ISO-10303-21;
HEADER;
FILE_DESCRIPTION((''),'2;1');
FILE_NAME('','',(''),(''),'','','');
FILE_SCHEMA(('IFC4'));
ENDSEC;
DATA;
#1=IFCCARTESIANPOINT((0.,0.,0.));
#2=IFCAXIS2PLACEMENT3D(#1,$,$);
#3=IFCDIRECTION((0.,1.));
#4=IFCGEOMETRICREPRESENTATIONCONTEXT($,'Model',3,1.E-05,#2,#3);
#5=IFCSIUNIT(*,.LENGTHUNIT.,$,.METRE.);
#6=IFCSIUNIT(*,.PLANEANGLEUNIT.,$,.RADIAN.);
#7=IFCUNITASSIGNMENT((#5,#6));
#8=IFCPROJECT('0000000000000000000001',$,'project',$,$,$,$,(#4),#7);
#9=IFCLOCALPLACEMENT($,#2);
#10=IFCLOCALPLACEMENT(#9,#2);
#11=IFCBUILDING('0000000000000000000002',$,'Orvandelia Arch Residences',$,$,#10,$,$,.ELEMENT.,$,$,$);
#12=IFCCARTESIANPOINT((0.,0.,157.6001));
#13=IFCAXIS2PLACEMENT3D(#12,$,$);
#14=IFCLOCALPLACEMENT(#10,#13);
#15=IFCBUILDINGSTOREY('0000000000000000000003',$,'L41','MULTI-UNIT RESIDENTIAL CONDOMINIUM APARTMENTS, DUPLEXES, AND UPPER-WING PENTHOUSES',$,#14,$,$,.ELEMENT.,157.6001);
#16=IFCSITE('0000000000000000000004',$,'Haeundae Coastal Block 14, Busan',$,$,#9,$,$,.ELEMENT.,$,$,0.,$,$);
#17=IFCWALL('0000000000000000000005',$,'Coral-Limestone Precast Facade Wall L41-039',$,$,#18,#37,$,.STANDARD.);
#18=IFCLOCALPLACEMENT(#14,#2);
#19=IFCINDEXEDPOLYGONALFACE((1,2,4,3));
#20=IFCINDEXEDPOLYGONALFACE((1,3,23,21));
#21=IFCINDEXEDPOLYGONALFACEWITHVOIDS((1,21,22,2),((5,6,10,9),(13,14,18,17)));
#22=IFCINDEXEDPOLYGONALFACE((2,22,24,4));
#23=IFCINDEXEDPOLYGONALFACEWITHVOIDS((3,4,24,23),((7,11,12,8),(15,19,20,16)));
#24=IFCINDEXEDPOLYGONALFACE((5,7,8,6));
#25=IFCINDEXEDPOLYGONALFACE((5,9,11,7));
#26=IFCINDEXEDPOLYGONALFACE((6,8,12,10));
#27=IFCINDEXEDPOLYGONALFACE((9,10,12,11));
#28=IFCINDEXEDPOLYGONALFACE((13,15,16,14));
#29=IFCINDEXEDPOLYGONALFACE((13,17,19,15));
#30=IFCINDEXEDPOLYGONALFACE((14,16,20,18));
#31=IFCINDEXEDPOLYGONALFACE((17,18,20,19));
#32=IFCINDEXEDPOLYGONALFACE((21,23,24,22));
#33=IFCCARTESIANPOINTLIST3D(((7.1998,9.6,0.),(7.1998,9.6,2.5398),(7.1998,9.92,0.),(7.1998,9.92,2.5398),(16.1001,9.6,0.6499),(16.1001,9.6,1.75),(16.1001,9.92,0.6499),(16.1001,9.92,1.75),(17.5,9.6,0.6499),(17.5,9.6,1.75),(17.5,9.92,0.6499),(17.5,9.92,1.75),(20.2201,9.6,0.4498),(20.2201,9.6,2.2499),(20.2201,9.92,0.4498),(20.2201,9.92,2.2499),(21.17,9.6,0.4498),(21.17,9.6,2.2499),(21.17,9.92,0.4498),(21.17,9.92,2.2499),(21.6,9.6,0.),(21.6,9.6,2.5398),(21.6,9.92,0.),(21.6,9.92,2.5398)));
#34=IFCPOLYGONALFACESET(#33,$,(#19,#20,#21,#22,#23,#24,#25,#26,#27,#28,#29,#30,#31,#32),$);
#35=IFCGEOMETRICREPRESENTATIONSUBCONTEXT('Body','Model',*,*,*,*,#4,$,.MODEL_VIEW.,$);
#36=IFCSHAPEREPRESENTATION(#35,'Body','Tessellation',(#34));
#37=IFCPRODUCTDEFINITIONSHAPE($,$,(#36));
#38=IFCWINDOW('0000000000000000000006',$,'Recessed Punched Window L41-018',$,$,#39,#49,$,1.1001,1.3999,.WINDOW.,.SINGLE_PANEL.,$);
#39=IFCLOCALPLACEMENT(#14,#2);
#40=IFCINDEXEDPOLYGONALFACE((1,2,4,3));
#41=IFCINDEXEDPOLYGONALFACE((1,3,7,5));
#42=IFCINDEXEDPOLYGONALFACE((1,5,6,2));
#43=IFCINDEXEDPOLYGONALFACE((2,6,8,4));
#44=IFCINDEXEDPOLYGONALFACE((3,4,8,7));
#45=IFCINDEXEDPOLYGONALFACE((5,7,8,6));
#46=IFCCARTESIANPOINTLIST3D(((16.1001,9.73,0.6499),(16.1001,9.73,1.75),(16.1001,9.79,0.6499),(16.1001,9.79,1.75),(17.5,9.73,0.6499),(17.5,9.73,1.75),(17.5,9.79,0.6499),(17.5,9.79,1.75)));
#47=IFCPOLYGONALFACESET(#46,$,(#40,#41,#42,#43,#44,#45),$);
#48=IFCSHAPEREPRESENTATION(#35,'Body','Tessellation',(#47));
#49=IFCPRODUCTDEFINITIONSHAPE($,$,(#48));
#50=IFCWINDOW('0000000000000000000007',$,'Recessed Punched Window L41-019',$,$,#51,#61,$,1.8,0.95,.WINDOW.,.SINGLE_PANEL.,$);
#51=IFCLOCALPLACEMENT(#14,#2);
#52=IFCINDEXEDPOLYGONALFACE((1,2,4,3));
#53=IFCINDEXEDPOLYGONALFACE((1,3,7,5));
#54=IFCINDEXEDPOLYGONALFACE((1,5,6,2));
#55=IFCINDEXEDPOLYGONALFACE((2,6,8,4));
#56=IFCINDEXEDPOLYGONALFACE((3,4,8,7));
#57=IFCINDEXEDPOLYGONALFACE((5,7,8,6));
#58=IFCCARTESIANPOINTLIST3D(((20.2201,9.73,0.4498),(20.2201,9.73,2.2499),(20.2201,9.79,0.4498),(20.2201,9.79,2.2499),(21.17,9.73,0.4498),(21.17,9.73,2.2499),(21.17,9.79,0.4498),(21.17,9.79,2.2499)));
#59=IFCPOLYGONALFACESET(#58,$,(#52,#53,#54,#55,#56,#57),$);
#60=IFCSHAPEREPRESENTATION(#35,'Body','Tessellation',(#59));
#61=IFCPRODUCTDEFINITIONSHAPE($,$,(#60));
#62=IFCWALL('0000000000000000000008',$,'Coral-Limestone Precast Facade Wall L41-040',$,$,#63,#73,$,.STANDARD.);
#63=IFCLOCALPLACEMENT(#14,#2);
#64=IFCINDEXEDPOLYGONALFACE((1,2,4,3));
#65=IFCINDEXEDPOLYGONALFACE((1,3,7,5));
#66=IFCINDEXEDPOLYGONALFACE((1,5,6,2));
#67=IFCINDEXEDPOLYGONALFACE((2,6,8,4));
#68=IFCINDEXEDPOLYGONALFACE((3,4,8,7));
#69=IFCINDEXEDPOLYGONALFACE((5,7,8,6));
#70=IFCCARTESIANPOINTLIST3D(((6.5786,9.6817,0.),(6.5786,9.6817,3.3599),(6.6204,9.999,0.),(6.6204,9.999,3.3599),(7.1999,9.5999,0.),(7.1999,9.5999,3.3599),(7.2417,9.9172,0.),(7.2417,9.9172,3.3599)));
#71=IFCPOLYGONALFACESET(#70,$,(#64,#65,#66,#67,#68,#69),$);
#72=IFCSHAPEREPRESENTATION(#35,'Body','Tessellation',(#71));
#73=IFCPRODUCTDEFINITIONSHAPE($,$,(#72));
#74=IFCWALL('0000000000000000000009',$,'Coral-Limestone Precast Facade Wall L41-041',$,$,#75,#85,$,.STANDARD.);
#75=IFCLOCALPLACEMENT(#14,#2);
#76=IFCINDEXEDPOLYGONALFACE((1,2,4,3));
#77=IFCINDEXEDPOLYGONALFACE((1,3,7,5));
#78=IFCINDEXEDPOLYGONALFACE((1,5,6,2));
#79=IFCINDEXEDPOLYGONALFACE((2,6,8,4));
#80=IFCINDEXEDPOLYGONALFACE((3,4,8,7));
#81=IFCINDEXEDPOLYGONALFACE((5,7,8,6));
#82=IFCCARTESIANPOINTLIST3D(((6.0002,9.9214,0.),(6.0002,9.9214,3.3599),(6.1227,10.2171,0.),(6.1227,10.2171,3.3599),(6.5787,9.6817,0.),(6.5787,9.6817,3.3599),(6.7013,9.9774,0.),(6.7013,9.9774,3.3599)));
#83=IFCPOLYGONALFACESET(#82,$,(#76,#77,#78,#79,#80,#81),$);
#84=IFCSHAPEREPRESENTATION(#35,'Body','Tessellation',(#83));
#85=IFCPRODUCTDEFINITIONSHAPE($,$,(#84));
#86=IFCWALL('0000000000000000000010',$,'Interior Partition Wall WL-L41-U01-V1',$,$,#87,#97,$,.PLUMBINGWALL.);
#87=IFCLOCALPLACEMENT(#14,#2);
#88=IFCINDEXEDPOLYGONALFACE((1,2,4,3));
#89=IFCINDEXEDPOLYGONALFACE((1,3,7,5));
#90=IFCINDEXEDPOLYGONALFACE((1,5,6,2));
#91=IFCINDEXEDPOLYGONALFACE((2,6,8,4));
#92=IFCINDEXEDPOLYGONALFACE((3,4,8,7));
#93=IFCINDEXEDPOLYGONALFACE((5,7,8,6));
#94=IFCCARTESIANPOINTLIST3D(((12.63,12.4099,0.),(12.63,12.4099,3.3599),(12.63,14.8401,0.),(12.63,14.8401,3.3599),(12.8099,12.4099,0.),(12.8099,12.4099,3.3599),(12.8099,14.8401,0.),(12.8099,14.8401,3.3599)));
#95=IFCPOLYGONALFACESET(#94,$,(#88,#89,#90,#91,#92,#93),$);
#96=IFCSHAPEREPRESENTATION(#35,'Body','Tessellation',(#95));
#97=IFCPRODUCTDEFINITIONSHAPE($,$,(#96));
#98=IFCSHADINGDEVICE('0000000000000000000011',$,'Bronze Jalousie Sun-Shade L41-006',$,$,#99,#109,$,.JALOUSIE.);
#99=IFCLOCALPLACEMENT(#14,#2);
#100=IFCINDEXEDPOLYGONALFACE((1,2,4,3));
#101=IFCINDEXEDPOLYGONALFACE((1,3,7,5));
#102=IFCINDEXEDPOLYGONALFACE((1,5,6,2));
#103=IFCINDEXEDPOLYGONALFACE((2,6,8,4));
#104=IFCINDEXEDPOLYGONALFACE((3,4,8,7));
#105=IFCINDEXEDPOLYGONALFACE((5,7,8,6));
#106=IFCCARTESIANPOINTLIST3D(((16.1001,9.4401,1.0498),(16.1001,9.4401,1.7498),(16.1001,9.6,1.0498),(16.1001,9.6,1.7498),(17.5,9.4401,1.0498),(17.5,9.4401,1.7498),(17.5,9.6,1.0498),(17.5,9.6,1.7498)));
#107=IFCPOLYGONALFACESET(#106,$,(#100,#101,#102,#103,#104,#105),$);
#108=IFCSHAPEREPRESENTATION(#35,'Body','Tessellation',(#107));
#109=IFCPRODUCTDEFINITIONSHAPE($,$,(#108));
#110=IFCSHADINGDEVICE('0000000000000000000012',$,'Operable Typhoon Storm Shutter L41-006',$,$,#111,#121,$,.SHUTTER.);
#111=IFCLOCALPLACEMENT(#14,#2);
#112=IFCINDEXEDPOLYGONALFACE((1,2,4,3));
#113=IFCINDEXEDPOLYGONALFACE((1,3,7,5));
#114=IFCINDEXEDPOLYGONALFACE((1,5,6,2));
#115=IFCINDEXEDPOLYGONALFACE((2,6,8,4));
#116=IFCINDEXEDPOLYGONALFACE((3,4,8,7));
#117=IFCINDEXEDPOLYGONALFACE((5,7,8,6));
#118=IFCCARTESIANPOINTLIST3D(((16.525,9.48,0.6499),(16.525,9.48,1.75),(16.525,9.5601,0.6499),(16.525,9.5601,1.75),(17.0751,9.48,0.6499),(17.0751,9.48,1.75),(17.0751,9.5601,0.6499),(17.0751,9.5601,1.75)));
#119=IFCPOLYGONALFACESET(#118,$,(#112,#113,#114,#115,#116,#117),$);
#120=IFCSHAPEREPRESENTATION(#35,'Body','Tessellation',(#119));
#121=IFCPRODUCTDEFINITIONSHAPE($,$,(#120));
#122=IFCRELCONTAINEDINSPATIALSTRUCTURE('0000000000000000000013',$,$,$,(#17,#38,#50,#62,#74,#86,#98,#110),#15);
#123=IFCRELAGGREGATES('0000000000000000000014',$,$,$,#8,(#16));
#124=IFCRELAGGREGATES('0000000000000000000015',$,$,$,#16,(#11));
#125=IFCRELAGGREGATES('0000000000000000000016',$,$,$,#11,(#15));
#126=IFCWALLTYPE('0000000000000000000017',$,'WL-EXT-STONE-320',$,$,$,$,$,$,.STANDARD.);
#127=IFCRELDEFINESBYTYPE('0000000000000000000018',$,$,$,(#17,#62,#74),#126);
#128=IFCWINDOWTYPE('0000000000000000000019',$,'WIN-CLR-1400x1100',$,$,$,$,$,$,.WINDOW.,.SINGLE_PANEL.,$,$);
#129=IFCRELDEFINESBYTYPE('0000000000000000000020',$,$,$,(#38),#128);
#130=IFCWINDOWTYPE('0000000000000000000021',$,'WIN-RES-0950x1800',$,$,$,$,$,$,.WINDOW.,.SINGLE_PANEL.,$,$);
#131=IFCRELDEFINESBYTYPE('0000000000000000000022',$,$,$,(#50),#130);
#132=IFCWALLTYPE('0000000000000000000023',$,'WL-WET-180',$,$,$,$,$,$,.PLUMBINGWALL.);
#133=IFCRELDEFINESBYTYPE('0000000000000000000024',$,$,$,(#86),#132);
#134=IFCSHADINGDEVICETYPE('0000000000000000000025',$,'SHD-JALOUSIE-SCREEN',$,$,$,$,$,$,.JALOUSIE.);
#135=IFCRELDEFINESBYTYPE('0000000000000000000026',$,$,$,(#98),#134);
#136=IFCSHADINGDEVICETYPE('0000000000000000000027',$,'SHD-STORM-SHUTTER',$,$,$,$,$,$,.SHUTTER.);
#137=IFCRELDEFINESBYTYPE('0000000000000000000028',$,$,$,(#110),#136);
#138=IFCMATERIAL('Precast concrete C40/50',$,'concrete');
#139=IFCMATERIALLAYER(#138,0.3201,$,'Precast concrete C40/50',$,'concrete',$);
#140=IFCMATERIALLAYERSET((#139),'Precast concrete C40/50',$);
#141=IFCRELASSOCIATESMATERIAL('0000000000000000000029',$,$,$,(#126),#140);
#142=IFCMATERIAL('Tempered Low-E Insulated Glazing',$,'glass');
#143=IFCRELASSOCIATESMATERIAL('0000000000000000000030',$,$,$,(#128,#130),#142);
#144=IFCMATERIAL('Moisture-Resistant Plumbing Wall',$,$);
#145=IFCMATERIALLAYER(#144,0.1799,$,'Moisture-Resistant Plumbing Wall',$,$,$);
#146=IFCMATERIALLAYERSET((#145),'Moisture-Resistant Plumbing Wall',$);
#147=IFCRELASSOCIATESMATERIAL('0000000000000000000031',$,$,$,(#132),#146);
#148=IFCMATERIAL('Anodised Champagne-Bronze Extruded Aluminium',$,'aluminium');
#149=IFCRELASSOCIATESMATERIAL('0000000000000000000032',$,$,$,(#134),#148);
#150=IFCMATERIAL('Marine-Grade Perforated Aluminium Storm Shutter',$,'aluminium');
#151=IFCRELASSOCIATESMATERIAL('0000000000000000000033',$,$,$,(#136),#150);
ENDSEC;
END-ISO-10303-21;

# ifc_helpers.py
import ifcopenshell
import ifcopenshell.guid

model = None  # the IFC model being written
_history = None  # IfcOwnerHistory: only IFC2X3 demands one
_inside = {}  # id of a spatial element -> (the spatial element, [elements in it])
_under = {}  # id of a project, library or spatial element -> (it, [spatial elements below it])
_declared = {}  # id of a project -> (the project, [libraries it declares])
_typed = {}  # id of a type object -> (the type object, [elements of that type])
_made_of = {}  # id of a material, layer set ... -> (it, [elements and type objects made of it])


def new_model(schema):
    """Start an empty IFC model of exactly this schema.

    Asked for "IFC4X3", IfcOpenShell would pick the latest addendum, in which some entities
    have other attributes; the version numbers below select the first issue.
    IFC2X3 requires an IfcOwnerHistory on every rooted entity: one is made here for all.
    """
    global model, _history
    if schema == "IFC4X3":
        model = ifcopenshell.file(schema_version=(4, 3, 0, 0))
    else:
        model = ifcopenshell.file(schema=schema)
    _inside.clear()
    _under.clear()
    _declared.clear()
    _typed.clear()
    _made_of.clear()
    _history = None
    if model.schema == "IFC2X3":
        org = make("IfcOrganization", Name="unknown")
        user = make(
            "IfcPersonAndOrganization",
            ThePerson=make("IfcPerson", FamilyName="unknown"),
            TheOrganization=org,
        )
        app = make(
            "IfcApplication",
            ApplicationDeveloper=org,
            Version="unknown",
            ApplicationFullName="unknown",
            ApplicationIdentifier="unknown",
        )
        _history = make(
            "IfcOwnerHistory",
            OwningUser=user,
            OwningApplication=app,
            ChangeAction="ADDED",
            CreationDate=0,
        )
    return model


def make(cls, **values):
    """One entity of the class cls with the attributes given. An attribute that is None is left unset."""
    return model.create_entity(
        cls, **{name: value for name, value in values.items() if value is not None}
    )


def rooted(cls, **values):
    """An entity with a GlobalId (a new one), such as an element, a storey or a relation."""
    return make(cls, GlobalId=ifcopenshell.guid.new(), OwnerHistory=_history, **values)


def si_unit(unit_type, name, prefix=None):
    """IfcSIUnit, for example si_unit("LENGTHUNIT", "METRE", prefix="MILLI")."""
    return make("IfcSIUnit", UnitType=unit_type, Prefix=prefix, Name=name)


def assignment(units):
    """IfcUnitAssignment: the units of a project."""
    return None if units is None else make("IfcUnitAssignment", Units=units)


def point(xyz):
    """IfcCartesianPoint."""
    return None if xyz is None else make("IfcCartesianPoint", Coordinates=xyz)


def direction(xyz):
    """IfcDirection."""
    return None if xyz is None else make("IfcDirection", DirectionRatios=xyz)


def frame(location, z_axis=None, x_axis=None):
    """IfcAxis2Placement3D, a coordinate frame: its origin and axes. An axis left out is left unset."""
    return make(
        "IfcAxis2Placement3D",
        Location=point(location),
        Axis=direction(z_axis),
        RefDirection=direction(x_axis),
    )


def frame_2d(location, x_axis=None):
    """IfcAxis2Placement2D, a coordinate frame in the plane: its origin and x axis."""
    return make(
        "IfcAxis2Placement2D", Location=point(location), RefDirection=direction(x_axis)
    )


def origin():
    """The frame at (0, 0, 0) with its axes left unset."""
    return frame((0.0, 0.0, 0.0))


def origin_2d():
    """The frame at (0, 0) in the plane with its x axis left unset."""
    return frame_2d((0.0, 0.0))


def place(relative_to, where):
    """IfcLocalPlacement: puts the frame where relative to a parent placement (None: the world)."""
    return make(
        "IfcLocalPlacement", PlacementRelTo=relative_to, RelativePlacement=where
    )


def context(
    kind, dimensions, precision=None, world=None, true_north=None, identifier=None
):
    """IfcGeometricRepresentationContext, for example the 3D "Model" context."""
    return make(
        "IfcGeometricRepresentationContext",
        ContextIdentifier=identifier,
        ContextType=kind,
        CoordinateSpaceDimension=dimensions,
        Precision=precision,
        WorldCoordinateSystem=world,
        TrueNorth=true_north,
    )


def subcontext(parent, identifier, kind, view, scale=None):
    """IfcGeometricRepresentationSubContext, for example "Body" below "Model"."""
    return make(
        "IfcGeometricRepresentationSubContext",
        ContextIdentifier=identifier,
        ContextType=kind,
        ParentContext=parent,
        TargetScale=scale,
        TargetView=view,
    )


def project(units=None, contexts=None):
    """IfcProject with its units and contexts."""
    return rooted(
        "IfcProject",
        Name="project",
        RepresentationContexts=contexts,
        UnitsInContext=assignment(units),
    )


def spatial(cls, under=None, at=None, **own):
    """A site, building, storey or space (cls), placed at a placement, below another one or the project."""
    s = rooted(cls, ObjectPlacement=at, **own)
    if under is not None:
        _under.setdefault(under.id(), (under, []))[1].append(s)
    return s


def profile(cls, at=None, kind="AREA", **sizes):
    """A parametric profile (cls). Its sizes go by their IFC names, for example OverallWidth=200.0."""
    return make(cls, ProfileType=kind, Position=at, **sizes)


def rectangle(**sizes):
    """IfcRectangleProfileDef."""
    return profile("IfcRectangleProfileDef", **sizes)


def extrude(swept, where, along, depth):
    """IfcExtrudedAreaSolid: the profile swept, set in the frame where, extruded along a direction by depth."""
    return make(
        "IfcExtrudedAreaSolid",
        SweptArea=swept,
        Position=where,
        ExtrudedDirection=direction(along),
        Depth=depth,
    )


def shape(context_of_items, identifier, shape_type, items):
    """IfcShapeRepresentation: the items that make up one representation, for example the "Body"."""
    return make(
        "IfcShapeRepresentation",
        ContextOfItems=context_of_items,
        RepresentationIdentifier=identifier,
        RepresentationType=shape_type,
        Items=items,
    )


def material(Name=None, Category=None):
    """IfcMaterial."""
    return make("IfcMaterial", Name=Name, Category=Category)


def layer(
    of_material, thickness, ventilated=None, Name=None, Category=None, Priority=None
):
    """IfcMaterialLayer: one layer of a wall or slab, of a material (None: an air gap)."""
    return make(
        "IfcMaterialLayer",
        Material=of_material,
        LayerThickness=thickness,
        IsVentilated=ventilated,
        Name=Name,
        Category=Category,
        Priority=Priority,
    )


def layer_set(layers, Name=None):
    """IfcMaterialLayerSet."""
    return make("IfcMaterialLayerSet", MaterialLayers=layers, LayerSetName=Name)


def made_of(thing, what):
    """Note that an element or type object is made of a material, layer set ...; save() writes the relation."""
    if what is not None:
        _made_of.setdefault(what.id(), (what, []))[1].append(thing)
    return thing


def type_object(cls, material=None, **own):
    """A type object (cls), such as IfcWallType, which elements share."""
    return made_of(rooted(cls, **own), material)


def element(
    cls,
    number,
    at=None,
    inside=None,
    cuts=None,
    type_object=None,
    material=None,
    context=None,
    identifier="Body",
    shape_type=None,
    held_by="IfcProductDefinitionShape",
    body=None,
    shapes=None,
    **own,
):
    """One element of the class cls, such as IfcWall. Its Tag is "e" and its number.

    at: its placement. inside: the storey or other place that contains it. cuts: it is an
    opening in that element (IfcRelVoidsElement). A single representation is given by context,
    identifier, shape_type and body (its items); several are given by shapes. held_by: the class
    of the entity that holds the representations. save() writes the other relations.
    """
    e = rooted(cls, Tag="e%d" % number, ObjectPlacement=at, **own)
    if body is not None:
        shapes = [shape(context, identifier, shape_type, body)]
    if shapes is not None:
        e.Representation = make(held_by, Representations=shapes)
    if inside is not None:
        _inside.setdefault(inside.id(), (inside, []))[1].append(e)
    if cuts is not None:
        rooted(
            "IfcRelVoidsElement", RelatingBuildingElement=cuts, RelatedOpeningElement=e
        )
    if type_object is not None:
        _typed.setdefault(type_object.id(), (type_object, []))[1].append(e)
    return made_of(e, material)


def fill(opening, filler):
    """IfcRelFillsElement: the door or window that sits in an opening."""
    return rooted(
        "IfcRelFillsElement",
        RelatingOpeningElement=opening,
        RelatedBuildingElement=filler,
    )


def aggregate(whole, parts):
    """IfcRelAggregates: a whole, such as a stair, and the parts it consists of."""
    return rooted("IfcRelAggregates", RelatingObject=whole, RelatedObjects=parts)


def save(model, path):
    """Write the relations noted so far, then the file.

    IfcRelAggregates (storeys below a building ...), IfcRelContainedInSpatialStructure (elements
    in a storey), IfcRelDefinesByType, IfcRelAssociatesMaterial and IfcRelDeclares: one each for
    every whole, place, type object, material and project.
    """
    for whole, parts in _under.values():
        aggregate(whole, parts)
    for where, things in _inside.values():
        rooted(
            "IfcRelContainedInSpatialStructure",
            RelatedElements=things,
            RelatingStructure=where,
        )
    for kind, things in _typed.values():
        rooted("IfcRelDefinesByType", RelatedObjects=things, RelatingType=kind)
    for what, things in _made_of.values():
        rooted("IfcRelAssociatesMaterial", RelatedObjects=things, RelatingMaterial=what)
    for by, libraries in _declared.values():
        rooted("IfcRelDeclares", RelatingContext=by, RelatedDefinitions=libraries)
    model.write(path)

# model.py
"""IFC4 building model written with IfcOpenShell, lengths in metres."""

from ifc_helpers import new_model, si_unit, direction, frame, frame_2d, origin, origin_2d, place, context, subcontext, project, spatial, rectangle, extrude, material, layer, layer_set, type_object, element, fill, save


model = new_model("IFC4")

# Units and contexts
model_context = context("Model", 3, precision=1e-05, world=origin(), true_north=direction((0.0, 1.0)))
body_context = subcontext(model_context, "Body", "Model", "MODEL_VIEW")
ifc_project = project(units=[si_unit("LENGTHUNIT", "METRE"), si_unit("PLANEANGLEUNIT", "RADIAN")], contexts=[model_context])

# Site, building, storey
site_placement = place(None, origin())
site = spatial("IfcSite", under=ifc_project, at=site_placement, Name="Haeundae Coastal Block 14, Busan", CompositionType="ELEMENT", RefElevation=0.0)
building_placement = place(site_placement, origin())
building = spatial("IfcBuilding", under=site, at=building_placement, Name="Orvandelia Arch Residences", CompositionType="ELEMENT")
storey_placement = place(building_placement, frame((0.0, 0.0, 157.6001)))
storey = spatial("IfcBuildingStorey", under=building, at=storey_placement, Name="L41", Description="MULTI-UNIT RESIDENTIAL CONDOMINIUM APARTMENTS, DUPLEXES, AND UPPER-WING PENTHOUSES", CompositionType="ELEMENT", Elevation=157.6001)

# Shared definitions
ifc_material_1 = material(Name="Precast concrete C40/50", Category="concrete")
ifc_layer_1 = layer(ifc_material_1, 0.3201, Name="Precast concrete C40/50", Category="concrete")
ifc_layer_set_1 = layer_set([ifc_layer_1], Name="Precast concrete C40/50")
wall_type_1 = type_object("IfcWallType", Name="WL-EXT-STONE-320", PredefinedType="STANDARD", material=ifc_layer_set_1)

# Wall, openings, windows
wall_1_placement = place(storey_placement, frame((21.6001, 9.76, 0.0), z_axis=(0.0, 0.0, 1.0), x_axis=(-1.0, 0.0, 0.0)))
wall_1 = element("IfcWall", 1, at=wall_1_placement, inside=storey, type_object=wall_type_1, Name="Coral-Limestone Precast Facade Wall L41-039", PredefinedType="STANDARD", context=body_context, shape_type="SweptSolid", body=[
    extrude(rectangle(XDim=14.4001, YDim=0.3201, at=frame_2d((7.2002, 0.0))), origin(), (0.0, 0.0, 1.0), 2.5398),
])
opening_1_placement = place(wall_1_placement, frame((4.1001, 0.0, 0.6499)))
opening_1 = element("IfcOpeningElement", 2, at=opening_1_placement, cuts=wall_1, PredefinedType="OPENING", context=body_context, shape_type="SweptSolid", body=[
    extrude(rectangle(XDim=1.3999, YDim=1.1001, at=frame_2d((0.7, 0.55))), frame((0.0, 0.1699, 0.0), z_axis=(0.0, -1.0, 0.0), x_axis=(1.0, 0.0, 0.0)), (0.0, 0.0, 1.0), 0.3401),
])
opening_2_placement = place(wall_1_placement, frame((0.4299, 0.0, 0.45)))
opening_2 = element("IfcOpeningElement", 3, at=opening_2_placement, cuts=wall_1, PredefinedType="OPENING", context=body_context, shape_type="SweptSolid", body=[
    extrude(rectangle(XDim=0.95, YDim=1.8, at=frame_2d((0.4751, 0.8999))), frame((0.0, 0.1699, 0.0), z_axis=(0.0, -1.0, 0.0), x_axis=(1.0, 0.0, 0.0)), (0.0, 0.0, 1.0), 0.3401),
])
ifc_material_2 = material(Name="Tempered Low-E Insulated Glazing", Category="glass")
window_type_1 = type_object("IfcWindowType", Name="WIN-CLR-1400x1100", PartitioningType="SINGLE_PANEL", PredefinedType="WINDOW", material=ifc_material_2)
window_1_placement = place(opening_1_placement, origin())
window_1 = element("IfcWindow", 4, at=window_1_placement, inside=storey, type_object=window_type_1, Name="Recessed Punched Window L41-018", OverallHeight=1.1001, OverallWidth=1.3999, PartitioningType="SINGLE_PANEL", PredefinedType="WINDOW", context=body_context, shape_type="SweptSolid", body=[
    extrude(rectangle(XDim=1.3999, YDim=1.1001, at=frame_2d((0.7, 0.55))), frame((0.0, 0.03, 0.0), z_axis=(0.0, -1.0, 0.0), x_axis=(1.0, 0.0, 0.0)), (0.0, 0.0, 1.0), 0.0601),
])
fill(opening_1, window_1)
window_type_2 = type_object("IfcWindowType", Name="WIN-RES-0950x1800", PartitioningType="SINGLE_PANEL", PredefinedType="WINDOW", material=ifc_material_2)
window_2_placement = place(opening_2_placement, origin())
window_2 = element("IfcWindow", 5, at=window_2_placement, inside=storey, type_object=window_type_2, Name="Recessed Punched Window L41-019", OverallHeight=1.8, OverallWidth=0.95, PartitioningType="SINGLE_PANEL", PredefinedType="WINDOW", context=body_context, shape_type="SweptSolid", body=[
    extrude(rectangle(XDim=0.95, YDim=1.8, at=frame_2d((0.4751, 0.8999))), frame((0.0, 0.03, 0.0), z_axis=(0.0, -1.0, 0.0), x_axis=(1.0, 0.0, 0.0)), (0.0, 0.0, 1.0), 0.0601),
])
fill(opening_2, window_2)

# Walls
wall_2_placement = place(storey_placement, frame((7.2209, 9.7585, 0.0), z_axis=(0.0, 0.0, 1.0), x_axis=(-0.991448, 0.130505, 0.0)))
element("IfcWall", 6, at=wall_2_placement, inside=storey, type_object=wall_type_1, Name="Coral-Limestone Precast Facade Wall L41-040", PredefinedType="STANDARD", context=body_context, shape_type="SweptSolid", body=[
    extrude(rectangle(XDim=0.6267, YDim=0.3201, at=frame_2d((0.3135, 0.0))), origin(), (0.0, 0.0, 1.0), 3.3599),
])
wall_3_placement = place(storey_placement, frame((6.6399, 9.8296, 0.0), z_axis=(0.0, 0.0, 1.0), x_axis=(-0.923836, 0.382788, 0.0)))
element("IfcWall", 7, at=wall_3_placement, inside=storey, type_object=wall_type_1, Name="Coral-Limestone Precast Facade Wall L41-041", PredefinedType="STANDARD", context=body_context, shape_type="SweptSolid", body=[
    extrude(rectangle(XDim=0.6262, YDim=0.3201, at=frame_2d((0.313, 0.0))), origin(), (0.0, 0.0, 1.0), 3.3599),
])
ifc_material_3 = material(Name="Moisture-Resistant Plumbing Wall")
ifc_layer_2 = layer(ifc_material_3, 0.1799, Name="Moisture-Resistant Plumbing Wall")
ifc_layer_set_2 = layer_set([ifc_layer_2], Name="Moisture-Resistant Plumbing Wall")
wall_type_2 = type_object("IfcWallType", Name="WL-WET-180", PredefinedType="PLUMBINGWALL", material=ifc_layer_set_2)
wall_4_placement = place(storey_placement, frame((12.72, 12.4099, 0.0), z_axis=(0.0, 0.0, 1.0), x_axis=(0.0, 1.0, 0.0)))
element("IfcWall", 8, at=wall_4_placement, inside=storey, type_object=wall_type_2, Name="Interior Partition Wall WL-L41-U01-V1", PredefinedType="PLUMBINGWALL", context=body_context, shape_type="SweptSolid", body=[
    extrude(rectangle(XDim=2.4302, YDim=0.1799, at=frame_2d((1.2151, 0.0))), origin(), (0.0, 0.0, 1.0), 3.3599),
])

# Shading devices
ifc_material_4 = material(Name="Anodised Champagne-Bronze Extruded Aluminium", Category="aluminium")
shading_device_type_1 = type_object("IfcShadingDeviceType", Name="SHD-JALOUSIE-SCREEN", PredefinedType="JALOUSIE", material=ifc_material_4)
shading_device_1_placement = place(storey_placement, frame((16.8, 9.52, 1.0498), z_axis=(0.0, 0.0, 1.0), x_axis=(-1.0, 0.0, 0.0)))
element("IfcShadingDevice", 9, at=shading_device_1_placement, inside=storey, type_object=shading_device_type_1, Name="Bronze Jalousie Sun-Shade L41-006", PredefinedType="JALOUSIE", context=body_context, shape_type="SweptSolid", body=[
    extrude(rectangle(XDim=1.3999, YDim=0.1599, at=origin_2d()), origin(), (0.0, 0.0, 1.0), 0.7),
])
ifc_material_5 = material(Name="Marine-Grade Perforated Aluminium Storm Shutter", Category="aluminium")
shading_device_type_2 = type_object("IfcShadingDeviceType", Name="SHD-STORM-SHUTTER", PredefinedType="SHUTTER", material=ifc_material_5)
shading_device_2_placement = place(storey_placement, frame((16.8, 9.52, 0.6499), z_axis=(0.0, 0.0, 1.0), x_axis=(-1.0, 0.0, 0.0)))
element("IfcShadingDevice", 10, at=shading_device_2_placement, inside=storey, type_object=shading_device_type_2, Name="Operable Typhoon Storm Shutter L41-006", PredefinedType="SHUTTER", context=body_context, shape_type="SweptSolid", body=[
    extrude(rectangle(XDim=0.55, YDim=0.0801, at=origin_2d()), origin(), (0.0, 0.0, 1.0), 1.1001),
])

save(model, "model.ifc")
